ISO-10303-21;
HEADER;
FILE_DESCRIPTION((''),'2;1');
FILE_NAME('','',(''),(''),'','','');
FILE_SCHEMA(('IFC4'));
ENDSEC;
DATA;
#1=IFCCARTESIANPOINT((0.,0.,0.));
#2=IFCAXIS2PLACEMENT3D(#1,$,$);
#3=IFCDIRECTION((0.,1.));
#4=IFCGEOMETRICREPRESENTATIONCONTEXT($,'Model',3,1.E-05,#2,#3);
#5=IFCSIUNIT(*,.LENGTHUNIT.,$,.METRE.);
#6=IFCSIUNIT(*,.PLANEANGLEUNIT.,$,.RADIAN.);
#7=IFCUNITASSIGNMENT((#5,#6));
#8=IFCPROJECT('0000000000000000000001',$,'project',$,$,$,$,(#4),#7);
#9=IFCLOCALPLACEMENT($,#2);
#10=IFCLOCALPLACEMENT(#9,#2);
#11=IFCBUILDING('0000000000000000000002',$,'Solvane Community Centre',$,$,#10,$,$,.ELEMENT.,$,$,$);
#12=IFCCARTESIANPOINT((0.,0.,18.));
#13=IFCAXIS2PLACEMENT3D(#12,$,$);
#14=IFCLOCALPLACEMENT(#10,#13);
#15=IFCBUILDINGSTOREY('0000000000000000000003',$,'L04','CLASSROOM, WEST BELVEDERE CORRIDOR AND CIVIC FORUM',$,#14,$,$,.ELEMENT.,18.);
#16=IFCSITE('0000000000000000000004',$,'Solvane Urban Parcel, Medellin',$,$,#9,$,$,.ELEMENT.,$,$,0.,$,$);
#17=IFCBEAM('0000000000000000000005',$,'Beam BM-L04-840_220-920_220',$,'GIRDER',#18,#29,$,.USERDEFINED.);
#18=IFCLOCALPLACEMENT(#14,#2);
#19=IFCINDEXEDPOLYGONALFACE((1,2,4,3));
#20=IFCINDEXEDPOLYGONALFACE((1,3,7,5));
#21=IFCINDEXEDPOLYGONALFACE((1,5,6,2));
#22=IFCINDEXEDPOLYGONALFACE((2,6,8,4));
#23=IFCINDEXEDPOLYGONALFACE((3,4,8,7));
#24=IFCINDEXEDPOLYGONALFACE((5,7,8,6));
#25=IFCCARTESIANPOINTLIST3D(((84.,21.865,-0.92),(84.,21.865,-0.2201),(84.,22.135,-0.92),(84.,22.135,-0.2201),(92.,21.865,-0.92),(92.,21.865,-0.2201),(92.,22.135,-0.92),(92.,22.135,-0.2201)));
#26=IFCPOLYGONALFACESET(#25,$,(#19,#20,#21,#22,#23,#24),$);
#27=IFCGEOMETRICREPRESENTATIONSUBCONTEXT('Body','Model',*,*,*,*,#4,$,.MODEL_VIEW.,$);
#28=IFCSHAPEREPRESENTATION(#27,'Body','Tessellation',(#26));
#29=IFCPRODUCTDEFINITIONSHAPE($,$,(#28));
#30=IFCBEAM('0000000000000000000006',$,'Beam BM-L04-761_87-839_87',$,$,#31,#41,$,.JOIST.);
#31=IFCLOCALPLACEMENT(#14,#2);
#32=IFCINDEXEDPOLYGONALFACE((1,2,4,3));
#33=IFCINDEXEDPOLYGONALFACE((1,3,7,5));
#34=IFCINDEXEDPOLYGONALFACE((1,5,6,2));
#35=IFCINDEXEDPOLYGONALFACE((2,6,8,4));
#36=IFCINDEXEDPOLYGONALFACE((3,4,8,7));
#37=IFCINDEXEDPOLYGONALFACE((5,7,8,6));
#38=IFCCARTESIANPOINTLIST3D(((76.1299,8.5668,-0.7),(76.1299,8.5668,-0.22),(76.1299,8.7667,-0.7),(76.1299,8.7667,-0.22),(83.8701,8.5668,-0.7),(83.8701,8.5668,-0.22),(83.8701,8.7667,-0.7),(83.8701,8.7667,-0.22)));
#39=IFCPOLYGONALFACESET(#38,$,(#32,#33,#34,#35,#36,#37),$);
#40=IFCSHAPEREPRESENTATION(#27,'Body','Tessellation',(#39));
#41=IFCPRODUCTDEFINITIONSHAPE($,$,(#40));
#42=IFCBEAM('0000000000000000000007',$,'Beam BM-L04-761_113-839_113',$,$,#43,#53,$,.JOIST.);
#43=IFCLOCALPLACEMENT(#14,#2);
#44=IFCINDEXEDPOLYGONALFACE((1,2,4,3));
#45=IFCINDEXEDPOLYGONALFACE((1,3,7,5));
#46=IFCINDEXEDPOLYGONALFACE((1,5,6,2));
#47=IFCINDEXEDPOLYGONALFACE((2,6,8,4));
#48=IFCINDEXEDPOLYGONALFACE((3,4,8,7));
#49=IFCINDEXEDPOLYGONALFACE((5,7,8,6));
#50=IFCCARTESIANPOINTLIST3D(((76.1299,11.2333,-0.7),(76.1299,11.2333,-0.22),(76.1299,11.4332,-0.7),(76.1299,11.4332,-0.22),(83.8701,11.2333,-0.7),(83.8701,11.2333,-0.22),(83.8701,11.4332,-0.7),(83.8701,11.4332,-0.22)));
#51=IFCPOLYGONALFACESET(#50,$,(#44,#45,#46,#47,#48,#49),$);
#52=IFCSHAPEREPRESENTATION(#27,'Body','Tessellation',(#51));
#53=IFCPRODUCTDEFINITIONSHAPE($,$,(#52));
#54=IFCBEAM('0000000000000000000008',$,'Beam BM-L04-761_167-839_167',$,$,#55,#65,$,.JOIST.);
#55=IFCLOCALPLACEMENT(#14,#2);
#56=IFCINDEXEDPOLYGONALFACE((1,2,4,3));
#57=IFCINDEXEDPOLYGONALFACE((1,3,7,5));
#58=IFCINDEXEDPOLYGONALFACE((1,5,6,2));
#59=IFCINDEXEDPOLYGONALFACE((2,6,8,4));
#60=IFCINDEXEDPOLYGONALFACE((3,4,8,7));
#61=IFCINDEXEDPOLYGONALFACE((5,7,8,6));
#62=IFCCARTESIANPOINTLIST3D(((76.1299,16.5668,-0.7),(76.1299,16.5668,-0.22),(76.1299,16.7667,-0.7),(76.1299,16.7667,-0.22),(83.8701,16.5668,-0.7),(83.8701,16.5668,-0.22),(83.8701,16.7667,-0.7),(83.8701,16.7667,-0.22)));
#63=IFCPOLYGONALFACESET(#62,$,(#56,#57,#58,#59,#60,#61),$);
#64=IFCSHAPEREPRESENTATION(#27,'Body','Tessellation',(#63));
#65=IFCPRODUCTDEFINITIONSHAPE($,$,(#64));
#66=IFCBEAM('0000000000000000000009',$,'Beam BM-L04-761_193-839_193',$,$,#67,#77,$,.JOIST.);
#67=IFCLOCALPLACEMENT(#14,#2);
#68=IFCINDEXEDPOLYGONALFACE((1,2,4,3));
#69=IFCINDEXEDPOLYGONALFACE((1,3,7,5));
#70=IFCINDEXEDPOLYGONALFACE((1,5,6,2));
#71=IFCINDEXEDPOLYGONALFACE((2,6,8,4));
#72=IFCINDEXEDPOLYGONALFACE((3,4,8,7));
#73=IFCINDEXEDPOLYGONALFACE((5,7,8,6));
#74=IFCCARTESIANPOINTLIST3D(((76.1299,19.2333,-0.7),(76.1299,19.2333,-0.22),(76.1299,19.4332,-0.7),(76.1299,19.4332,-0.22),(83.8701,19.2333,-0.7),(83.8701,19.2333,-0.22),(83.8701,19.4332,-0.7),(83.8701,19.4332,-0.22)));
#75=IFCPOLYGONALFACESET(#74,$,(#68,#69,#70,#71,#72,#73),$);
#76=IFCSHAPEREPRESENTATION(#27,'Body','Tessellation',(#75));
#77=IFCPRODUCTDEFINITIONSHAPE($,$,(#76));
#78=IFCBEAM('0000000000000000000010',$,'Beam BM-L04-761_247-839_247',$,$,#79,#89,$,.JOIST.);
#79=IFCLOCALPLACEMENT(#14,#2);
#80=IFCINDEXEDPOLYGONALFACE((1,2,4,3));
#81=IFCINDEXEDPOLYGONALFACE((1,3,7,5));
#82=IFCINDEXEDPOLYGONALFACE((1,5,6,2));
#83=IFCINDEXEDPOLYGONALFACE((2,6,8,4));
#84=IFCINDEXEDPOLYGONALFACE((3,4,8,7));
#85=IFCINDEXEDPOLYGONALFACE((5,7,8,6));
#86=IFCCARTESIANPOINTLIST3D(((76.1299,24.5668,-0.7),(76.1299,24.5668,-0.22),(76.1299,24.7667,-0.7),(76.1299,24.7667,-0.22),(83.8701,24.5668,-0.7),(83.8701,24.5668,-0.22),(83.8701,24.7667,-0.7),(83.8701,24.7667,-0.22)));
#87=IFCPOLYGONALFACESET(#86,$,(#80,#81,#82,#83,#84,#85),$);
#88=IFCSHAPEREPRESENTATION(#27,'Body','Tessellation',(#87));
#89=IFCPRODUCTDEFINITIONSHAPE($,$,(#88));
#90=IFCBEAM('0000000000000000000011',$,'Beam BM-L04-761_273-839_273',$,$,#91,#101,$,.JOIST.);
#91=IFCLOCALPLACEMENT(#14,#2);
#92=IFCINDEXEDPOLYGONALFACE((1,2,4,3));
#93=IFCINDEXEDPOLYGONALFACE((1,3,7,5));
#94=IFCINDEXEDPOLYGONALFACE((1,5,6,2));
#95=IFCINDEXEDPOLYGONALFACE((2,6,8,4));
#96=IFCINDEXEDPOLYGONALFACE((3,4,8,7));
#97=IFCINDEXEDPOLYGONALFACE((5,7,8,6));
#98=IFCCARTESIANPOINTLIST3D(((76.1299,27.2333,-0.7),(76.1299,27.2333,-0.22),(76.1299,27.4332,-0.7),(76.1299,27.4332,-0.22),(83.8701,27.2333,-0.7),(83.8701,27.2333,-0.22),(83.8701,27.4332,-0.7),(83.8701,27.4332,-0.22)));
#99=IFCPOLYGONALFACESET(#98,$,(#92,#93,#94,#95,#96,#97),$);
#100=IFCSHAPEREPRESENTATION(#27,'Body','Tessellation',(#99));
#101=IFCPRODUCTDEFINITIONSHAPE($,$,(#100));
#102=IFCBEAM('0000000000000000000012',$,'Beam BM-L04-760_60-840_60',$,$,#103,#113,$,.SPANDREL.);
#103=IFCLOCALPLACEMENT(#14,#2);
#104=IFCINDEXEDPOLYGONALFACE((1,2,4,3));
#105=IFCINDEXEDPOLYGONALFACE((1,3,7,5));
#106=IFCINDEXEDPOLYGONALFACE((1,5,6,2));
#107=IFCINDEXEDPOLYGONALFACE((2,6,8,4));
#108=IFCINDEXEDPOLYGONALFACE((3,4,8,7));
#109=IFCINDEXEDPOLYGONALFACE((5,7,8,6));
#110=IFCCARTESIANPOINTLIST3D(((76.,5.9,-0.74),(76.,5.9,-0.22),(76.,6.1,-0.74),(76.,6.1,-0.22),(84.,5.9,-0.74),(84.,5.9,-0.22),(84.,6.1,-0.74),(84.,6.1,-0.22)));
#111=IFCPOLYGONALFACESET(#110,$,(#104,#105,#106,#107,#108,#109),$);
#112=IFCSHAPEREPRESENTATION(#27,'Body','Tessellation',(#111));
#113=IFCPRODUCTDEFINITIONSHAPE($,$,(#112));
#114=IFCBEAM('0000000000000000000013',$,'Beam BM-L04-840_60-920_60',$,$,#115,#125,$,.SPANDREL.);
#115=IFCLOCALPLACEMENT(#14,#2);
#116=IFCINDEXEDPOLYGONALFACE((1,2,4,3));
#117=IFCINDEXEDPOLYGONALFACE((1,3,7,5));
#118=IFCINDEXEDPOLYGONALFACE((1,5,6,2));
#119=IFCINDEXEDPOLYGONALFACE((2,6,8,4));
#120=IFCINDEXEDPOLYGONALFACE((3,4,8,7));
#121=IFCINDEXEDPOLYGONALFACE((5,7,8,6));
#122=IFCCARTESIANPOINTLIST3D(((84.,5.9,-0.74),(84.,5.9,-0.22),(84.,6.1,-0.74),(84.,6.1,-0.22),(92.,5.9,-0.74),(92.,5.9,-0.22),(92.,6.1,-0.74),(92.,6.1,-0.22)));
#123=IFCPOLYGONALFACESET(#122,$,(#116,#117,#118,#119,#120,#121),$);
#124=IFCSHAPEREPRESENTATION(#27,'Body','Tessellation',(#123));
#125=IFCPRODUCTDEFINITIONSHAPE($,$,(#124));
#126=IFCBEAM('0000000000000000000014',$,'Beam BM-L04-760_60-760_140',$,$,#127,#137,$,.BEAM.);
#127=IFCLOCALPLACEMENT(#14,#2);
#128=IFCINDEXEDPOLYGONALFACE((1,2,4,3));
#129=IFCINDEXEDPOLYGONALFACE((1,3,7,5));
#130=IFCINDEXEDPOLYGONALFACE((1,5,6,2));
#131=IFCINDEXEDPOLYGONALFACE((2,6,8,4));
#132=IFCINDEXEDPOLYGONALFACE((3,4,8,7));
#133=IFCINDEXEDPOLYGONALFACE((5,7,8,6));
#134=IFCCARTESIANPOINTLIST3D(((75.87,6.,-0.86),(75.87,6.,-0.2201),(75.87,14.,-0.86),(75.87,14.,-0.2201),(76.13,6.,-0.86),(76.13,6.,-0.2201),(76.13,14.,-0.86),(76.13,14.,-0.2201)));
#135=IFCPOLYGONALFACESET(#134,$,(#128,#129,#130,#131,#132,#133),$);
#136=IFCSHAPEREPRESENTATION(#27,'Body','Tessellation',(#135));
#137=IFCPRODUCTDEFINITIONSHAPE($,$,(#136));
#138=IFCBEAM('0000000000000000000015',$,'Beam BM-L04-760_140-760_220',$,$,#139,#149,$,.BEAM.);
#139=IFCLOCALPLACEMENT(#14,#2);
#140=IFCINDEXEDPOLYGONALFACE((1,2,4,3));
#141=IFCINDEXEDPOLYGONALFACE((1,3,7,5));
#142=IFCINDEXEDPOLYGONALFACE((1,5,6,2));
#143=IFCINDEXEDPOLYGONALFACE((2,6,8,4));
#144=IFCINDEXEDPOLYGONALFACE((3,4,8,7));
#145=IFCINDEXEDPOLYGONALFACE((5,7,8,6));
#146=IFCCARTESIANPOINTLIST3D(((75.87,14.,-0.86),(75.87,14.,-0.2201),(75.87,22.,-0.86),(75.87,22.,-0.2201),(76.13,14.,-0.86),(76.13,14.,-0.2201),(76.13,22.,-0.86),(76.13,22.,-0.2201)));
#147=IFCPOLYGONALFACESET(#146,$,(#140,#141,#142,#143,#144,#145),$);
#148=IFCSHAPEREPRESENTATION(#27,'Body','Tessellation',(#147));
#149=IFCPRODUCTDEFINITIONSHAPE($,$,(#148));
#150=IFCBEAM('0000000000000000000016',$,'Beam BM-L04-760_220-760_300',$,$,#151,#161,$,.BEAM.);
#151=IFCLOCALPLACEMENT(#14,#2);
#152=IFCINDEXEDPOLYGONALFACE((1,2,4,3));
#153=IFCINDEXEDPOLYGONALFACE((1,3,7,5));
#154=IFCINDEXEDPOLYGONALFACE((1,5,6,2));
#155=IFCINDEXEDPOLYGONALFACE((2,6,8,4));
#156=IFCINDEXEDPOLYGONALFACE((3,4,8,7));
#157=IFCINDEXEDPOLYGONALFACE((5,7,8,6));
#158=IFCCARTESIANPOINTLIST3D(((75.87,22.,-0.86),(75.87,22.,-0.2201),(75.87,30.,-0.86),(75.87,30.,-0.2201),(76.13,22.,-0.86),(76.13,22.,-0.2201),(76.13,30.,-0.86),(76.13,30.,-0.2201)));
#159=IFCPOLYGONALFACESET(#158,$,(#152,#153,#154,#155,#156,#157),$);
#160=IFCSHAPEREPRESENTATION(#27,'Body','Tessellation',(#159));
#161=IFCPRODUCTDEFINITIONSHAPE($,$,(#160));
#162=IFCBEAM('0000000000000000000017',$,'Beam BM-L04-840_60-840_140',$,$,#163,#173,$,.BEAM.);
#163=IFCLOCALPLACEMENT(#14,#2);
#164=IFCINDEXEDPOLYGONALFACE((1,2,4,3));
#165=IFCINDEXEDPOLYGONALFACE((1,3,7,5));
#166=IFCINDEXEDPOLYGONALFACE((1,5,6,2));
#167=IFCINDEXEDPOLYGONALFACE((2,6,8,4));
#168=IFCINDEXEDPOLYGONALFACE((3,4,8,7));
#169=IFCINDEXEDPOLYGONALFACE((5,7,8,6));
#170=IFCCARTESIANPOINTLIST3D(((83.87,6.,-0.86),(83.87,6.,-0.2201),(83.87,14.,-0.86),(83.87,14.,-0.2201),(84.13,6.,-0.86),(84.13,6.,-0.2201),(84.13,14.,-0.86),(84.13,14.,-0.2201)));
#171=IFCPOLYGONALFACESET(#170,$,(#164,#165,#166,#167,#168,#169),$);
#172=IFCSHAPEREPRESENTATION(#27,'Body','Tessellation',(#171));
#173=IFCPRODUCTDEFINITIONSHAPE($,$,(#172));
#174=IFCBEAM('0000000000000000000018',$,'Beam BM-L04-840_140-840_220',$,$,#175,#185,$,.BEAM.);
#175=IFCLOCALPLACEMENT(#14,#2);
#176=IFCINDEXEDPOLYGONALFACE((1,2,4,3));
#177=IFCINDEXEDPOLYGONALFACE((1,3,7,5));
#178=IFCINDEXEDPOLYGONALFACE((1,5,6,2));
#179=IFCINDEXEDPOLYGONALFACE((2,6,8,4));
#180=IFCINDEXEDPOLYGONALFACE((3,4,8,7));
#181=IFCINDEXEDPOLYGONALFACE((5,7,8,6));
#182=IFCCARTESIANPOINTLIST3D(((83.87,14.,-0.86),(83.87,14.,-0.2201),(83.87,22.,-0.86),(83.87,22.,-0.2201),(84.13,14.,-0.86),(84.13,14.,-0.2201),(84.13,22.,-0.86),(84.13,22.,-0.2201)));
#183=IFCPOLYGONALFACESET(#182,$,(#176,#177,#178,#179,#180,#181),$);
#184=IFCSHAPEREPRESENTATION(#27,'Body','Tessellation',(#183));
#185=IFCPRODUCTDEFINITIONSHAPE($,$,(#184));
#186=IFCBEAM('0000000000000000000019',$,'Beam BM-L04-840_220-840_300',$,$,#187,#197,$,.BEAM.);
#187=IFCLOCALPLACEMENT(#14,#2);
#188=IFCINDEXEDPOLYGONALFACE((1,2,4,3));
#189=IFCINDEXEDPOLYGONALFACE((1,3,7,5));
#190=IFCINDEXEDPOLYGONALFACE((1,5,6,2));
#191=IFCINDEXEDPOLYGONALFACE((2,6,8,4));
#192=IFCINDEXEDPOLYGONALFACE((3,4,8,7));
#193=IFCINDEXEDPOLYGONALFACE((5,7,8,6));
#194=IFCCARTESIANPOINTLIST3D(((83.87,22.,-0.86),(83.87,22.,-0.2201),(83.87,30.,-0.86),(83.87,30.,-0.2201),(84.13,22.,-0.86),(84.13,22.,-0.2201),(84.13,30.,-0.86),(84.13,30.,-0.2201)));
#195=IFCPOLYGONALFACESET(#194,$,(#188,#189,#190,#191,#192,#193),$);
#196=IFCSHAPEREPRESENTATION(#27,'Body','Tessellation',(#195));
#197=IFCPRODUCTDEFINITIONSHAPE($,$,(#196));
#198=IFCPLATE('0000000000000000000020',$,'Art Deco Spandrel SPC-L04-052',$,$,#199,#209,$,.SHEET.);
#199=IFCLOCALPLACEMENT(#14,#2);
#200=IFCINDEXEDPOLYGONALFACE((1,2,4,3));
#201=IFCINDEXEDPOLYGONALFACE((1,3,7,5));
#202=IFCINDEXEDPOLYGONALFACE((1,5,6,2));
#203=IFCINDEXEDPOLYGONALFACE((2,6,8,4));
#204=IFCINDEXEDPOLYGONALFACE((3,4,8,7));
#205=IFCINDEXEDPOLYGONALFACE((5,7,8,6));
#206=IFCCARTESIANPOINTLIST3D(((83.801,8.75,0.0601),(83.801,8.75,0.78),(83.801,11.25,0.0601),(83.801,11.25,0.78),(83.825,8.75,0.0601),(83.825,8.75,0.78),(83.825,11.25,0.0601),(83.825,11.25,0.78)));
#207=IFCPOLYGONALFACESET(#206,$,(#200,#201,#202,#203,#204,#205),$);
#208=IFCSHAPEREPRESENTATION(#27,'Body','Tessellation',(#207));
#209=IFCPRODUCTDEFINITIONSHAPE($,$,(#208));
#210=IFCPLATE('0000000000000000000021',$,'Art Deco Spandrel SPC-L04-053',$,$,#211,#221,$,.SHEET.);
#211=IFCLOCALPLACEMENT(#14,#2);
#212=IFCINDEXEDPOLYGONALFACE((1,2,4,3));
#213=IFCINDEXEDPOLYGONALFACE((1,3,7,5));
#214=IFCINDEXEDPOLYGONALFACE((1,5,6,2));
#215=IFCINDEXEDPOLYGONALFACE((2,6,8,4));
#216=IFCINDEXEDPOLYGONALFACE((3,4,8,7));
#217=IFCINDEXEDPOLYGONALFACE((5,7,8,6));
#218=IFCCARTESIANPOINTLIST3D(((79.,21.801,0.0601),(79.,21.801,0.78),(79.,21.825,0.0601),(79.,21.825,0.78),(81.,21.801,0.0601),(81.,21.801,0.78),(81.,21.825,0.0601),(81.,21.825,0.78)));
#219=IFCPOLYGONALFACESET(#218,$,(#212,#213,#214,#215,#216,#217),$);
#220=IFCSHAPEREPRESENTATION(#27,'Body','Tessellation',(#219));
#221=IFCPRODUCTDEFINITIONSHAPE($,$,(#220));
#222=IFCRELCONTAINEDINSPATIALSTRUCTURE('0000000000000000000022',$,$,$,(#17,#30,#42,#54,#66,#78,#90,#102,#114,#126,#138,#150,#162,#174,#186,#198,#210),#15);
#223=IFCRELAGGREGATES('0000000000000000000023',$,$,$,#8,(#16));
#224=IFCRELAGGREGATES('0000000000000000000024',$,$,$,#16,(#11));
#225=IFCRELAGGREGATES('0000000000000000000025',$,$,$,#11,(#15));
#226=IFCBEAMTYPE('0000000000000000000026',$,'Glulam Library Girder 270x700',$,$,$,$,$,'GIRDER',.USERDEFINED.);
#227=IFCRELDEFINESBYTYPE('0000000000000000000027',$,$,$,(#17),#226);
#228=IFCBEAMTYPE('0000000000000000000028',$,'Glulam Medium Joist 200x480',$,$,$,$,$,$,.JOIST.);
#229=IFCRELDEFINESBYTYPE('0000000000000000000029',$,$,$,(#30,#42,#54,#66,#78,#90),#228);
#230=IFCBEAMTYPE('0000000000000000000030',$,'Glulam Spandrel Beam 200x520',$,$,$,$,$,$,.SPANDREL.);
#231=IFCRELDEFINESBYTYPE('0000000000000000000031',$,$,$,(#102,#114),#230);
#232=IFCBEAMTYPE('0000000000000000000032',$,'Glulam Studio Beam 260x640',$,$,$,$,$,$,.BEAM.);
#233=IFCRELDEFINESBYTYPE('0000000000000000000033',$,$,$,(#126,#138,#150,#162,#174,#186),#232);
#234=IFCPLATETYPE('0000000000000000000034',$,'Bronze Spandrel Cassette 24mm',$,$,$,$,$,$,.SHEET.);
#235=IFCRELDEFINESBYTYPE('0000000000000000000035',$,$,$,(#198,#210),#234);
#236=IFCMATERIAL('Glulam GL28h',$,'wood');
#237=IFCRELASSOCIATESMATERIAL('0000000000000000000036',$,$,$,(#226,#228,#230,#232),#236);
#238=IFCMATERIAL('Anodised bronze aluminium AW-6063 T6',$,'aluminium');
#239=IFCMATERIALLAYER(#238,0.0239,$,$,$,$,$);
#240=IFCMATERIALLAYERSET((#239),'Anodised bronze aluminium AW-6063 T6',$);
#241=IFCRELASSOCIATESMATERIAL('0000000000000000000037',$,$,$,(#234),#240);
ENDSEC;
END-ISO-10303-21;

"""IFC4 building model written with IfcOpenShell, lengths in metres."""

from ifc_helpers import new_model, si_unit, direction, frame, origin, origin_2d, place, context, subcontext, project, spatial, rectangle, extrude, material, layer, layer_set, material_profile, profile_set, type_object, element, save


model = new_model("IFC4")

# Units and contexts
model_context = context("Model", 3, precision=1e-05, world=origin(), true_north=direction((0.0, 1.0)))
body_context = subcontext(model_context, "Body", "Model", "MODEL_VIEW")
ifc_project = project(units=[si_unit("LENGTHUNIT", "METRE"), si_unit("PLANEANGLEUNIT", "RADIAN")], contexts=[model_context])

# Site, building, storey
site_placement = place(None, origin())
site = spatial("IfcSite", under=ifc_project, at=site_placement, Name="Solvane Urban Parcel, Medellin", CompositionType="ELEMENT", RefElevation=0.0)
building_placement = place(site_placement, origin())
building = spatial("IfcBuilding", under=site, at=building_placement, Name="Solvane Community Centre", CompositionType="ELEMENT")
storey_placement = place(building_placement, frame((0.0, 0.0, 18.0)))
storey = spatial("IfcBuildingStorey", under=building, at=storey_placement, Name="L04", Description="CLASSROOM, WEST BELVEDERE CORRIDOR AND CIVIC FORUM", CompositionType="ELEMENT", Elevation=18.0)

# Shared definitions
ifc_material_1 = material(Name="Anodised bronze aluminium AW-6063 T6", Category="aluminium")

# Beams
ifc_material_2 = material(Name="Glulam GL28h", Category="wood")
ifc_material_profile_1 = material_profile(ifc_material_2, rectangle(XDim=0.27, YDim=0.7, at=origin_2d()), Name="GL28h 270x700")
ifc_profile_set_1 = profile_set([ifc_material_profile_1], Name="Glulam GL28h")
beam_type_1 = type_object("IfcBeamType", Name="Glulam Library Girder 270x700", ElementType="GIRDER", PredefinedType="USERDEFINED", material=ifc_profile_set_1)
for number, where, z_axis, x_axis, name in (
    (1, (84.0, 22.0, -0.5701), (1.0, 0.0, 0.0), (0.0, 1.0, 0.0), "Beam BM-L04-840_220-920_220"),
):
    element("IfcBeam", number, at=place(storey_placement, frame(where, z_axis=z_axis, x_axis=x_axis)), inside=storey, type_object=beam_type_1, Name=name, ObjectType="GIRDER", PredefinedType="USERDEFINED", context=body_context, shape_type="SweptSolid", body=[
        extrude(rectangle(XDim=0.27, YDim=0.7, at=origin_2d()), origin(), (0.0, 0.0, 1.0), 8.0),
    ])
ifc_material_profile_2 = material_profile(ifc_material_2, rectangle(XDim=0.2, YDim=0.48, at=origin_2d()), Name="GL28h 200x480")
ifc_profile_set_2 = profile_set([ifc_material_profile_2], Name="Glulam GL28h")
beam_type_2 = type_object("IfcBeamType", Name="Glulam Medium Joist 200x480", PredefinedType="JOIST", material=ifc_profile_set_2)
for number, where, z_axis, x_axis, name in (
    (2, (76.1299, 8.6667, -0.46), (1.0, 0.0, 0.0), (0.0, 1.0, 0.0), "Beam BM-L04-761_87-839_87"),
    (3, (76.1299, 11.3333, -0.46), (1.0, 0.0, 0.0), (0.0, 1.0, 0.0), "Beam BM-L04-761_113-839_113"),
    (4, (76.1299, 16.6667, -0.46), (1.0, 0.0, 0.0), (0.0, 1.0, 0.0), "Beam BM-L04-761_167-839_167"),
    (5, (76.1299, 19.3333, -0.46), (1.0, 0.0, 0.0), (0.0, 1.0, 0.0), "Beam BM-L04-761_193-839_193"),
    (6, (76.1299, 24.6667, -0.46), (1.0, 0.0, 0.0), (0.0, 1.0, 0.0), "Beam BM-L04-761_247-839_247"),
    (7, (76.1299, 27.3333, -0.46), (1.0, 0.0, 0.0), (0.0, 1.0, 0.0), "Beam BM-L04-761_273-839_273"),
):
    element("IfcBeam", number, at=place(storey_placement, frame(where, z_axis=z_axis, x_axis=x_axis)), inside=storey, type_object=beam_type_2, Name=name, PredefinedType="JOIST", context=body_context, shape_type="SweptSolid", body=[
        extrude(rectangle(XDim=0.2, YDim=0.48, at=origin_2d()), origin(), (0.0, 0.0, 1.0), 7.7402),
    ])
ifc_material_profile_3 = material_profile(ifc_material_2, rectangle(XDim=0.2, YDim=0.52, at=origin_2d()), Name="GL28h 200x520")
ifc_profile_set_3 = profile_set([ifc_material_profile_3], Name="Glulam GL28h")
beam_type_3 = type_object("IfcBeamType", Name="Glulam Spandrel Beam 200x520", PredefinedType="SPANDREL", material=ifc_profile_set_3)
for number, where, z_axis, x_axis, name in (
    (8, (76.0, 6.0, -0.48), (1.0, 0.0, 0.0), (0.0, 1.0, 0.0), "Beam BM-L04-760_60-840_60"),
    (9, (84.0, 6.0, -0.48), (1.0, 0.0, 0.0), (0.0, 1.0, 0.0), "Beam BM-L04-840_60-920_60"),
):
    element("IfcBeam", number, at=place(storey_placement, frame(where, z_axis=z_axis, x_axis=x_axis)), inside=storey, type_object=beam_type_3, Name=name, PredefinedType="SPANDREL", context=body_context, shape_type="SweptSolid", body=[
        extrude(rectangle(XDim=0.2, YDim=0.52, at=origin_2d()), origin(), (0.0, 0.0, 1.0), 8.0),
    ])
ifc_material_profile_4 = material_profile(ifc_material_2, rectangle(XDim=0.26, YDim=0.6399, at=origin_2d()), Name="GL28h 260x640")
ifc_profile_set_4 = profile_set([ifc_material_profile_4], Name="Glulam GL28h")
beam_type_4 = type_object("IfcBeamType", Name="Glulam Studio Beam 260x640", PredefinedType="BEAM", material=ifc_profile_set_4)
for number, where, z_axis, x_axis, name in (
    (10, (76.0, 6.0, -0.54), (0.0, 1.0, 0.0), (-1.0, 0.0, 0.0), "Beam BM-L04-760_60-760_140"),
    (11, (76.0, 14.0, -0.54), (0.0, 1.0, 0.0), (-1.0, 0.0, 0.0), "Beam BM-L04-760_140-760_220"),
    (12, (76.0, 22.0, -0.54), (0.0, 1.0, 0.0), (-1.0, 0.0, 0.0), "Beam BM-L04-760_220-760_300"),
    (13, (84.0, 6.0, -0.54), (0.0, 1.0, 0.0), (-1.0, 0.0, 0.0), "Beam BM-L04-840_60-840_140"),
    (14, (84.0, 14.0, -0.54), (0.0, 1.0, 0.0), (-1.0, 0.0, 0.0), "Beam BM-L04-840_140-840_220"),
    (15, (84.0, 22.0, -0.54), (0.0, 1.0, 0.0), (-1.0, 0.0, 0.0), "Beam BM-L04-840_220-840_300"),
):
    element("IfcBeam", number, at=place(storey_placement, frame(where, z_axis=z_axis, x_axis=x_axis)), inside=storey, type_object=beam_type_4, Name=name, PredefinedType="BEAM", context=body_context, shape_type="SweptSolid", body=[
        extrude(rectangle(XDim=0.26, YDim=0.6399, at=origin_2d()), origin(), (0.0, 0.0, 1.0), 8.0),
    ])

# Plates
ifc_layer_1 = layer(ifc_material_1, 0.0239)
ifc_layer_set_1 = layer_set([ifc_layer_1], Name="Anodised bronze aluminium AW-6063 T6")
plate_type_1 = type_object("IfcPlateType", Name="Bronze Spandrel Cassette 24mm", PredefinedType="SHEET", material=ifc_layer_set_1)
plate_1_placement = place(storey_placement, frame((83.813, 10.0, 0.0601), z_axis=(0.0, 0.0, 1.0), x_axis=(0.0, 1.0, 0.0)))
element("IfcPlate", 16, at=plate_1_placement, inside=storey, type_object=plate_type_1, Name="Art Deco Spandrel SPC-L04-052", PredefinedType="SHEET", context=body_context, shape_type="SweptSolid", body=[
    extrude(rectangle(XDim=2.5, YDim=0.0239, at=origin_2d()), origin(), (0.0, 0.0, 1.0), 0.72),
])
plate_2_placement = place(storey_placement, frame((80.0, 21.813, 0.0601), z_axis=(0.0, 0.0, 1.0), x_axis=(-1.0, 0.0, 0.0)))
element("IfcPlate", 17, at=plate_2_placement, inside=storey, type_object=plate_type_1, Name="Art Deco Spandrel SPC-L04-053", PredefinedType="SHEET", context=body_context, shape_type="SweptSolid", body=[
    extrude(rectangle(XDim=2.0, YDim=0.0239, at=origin_2d()), origin(), (0.0, 0.0, 1.0), 0.72),
])

save(model, "model.ifc")
